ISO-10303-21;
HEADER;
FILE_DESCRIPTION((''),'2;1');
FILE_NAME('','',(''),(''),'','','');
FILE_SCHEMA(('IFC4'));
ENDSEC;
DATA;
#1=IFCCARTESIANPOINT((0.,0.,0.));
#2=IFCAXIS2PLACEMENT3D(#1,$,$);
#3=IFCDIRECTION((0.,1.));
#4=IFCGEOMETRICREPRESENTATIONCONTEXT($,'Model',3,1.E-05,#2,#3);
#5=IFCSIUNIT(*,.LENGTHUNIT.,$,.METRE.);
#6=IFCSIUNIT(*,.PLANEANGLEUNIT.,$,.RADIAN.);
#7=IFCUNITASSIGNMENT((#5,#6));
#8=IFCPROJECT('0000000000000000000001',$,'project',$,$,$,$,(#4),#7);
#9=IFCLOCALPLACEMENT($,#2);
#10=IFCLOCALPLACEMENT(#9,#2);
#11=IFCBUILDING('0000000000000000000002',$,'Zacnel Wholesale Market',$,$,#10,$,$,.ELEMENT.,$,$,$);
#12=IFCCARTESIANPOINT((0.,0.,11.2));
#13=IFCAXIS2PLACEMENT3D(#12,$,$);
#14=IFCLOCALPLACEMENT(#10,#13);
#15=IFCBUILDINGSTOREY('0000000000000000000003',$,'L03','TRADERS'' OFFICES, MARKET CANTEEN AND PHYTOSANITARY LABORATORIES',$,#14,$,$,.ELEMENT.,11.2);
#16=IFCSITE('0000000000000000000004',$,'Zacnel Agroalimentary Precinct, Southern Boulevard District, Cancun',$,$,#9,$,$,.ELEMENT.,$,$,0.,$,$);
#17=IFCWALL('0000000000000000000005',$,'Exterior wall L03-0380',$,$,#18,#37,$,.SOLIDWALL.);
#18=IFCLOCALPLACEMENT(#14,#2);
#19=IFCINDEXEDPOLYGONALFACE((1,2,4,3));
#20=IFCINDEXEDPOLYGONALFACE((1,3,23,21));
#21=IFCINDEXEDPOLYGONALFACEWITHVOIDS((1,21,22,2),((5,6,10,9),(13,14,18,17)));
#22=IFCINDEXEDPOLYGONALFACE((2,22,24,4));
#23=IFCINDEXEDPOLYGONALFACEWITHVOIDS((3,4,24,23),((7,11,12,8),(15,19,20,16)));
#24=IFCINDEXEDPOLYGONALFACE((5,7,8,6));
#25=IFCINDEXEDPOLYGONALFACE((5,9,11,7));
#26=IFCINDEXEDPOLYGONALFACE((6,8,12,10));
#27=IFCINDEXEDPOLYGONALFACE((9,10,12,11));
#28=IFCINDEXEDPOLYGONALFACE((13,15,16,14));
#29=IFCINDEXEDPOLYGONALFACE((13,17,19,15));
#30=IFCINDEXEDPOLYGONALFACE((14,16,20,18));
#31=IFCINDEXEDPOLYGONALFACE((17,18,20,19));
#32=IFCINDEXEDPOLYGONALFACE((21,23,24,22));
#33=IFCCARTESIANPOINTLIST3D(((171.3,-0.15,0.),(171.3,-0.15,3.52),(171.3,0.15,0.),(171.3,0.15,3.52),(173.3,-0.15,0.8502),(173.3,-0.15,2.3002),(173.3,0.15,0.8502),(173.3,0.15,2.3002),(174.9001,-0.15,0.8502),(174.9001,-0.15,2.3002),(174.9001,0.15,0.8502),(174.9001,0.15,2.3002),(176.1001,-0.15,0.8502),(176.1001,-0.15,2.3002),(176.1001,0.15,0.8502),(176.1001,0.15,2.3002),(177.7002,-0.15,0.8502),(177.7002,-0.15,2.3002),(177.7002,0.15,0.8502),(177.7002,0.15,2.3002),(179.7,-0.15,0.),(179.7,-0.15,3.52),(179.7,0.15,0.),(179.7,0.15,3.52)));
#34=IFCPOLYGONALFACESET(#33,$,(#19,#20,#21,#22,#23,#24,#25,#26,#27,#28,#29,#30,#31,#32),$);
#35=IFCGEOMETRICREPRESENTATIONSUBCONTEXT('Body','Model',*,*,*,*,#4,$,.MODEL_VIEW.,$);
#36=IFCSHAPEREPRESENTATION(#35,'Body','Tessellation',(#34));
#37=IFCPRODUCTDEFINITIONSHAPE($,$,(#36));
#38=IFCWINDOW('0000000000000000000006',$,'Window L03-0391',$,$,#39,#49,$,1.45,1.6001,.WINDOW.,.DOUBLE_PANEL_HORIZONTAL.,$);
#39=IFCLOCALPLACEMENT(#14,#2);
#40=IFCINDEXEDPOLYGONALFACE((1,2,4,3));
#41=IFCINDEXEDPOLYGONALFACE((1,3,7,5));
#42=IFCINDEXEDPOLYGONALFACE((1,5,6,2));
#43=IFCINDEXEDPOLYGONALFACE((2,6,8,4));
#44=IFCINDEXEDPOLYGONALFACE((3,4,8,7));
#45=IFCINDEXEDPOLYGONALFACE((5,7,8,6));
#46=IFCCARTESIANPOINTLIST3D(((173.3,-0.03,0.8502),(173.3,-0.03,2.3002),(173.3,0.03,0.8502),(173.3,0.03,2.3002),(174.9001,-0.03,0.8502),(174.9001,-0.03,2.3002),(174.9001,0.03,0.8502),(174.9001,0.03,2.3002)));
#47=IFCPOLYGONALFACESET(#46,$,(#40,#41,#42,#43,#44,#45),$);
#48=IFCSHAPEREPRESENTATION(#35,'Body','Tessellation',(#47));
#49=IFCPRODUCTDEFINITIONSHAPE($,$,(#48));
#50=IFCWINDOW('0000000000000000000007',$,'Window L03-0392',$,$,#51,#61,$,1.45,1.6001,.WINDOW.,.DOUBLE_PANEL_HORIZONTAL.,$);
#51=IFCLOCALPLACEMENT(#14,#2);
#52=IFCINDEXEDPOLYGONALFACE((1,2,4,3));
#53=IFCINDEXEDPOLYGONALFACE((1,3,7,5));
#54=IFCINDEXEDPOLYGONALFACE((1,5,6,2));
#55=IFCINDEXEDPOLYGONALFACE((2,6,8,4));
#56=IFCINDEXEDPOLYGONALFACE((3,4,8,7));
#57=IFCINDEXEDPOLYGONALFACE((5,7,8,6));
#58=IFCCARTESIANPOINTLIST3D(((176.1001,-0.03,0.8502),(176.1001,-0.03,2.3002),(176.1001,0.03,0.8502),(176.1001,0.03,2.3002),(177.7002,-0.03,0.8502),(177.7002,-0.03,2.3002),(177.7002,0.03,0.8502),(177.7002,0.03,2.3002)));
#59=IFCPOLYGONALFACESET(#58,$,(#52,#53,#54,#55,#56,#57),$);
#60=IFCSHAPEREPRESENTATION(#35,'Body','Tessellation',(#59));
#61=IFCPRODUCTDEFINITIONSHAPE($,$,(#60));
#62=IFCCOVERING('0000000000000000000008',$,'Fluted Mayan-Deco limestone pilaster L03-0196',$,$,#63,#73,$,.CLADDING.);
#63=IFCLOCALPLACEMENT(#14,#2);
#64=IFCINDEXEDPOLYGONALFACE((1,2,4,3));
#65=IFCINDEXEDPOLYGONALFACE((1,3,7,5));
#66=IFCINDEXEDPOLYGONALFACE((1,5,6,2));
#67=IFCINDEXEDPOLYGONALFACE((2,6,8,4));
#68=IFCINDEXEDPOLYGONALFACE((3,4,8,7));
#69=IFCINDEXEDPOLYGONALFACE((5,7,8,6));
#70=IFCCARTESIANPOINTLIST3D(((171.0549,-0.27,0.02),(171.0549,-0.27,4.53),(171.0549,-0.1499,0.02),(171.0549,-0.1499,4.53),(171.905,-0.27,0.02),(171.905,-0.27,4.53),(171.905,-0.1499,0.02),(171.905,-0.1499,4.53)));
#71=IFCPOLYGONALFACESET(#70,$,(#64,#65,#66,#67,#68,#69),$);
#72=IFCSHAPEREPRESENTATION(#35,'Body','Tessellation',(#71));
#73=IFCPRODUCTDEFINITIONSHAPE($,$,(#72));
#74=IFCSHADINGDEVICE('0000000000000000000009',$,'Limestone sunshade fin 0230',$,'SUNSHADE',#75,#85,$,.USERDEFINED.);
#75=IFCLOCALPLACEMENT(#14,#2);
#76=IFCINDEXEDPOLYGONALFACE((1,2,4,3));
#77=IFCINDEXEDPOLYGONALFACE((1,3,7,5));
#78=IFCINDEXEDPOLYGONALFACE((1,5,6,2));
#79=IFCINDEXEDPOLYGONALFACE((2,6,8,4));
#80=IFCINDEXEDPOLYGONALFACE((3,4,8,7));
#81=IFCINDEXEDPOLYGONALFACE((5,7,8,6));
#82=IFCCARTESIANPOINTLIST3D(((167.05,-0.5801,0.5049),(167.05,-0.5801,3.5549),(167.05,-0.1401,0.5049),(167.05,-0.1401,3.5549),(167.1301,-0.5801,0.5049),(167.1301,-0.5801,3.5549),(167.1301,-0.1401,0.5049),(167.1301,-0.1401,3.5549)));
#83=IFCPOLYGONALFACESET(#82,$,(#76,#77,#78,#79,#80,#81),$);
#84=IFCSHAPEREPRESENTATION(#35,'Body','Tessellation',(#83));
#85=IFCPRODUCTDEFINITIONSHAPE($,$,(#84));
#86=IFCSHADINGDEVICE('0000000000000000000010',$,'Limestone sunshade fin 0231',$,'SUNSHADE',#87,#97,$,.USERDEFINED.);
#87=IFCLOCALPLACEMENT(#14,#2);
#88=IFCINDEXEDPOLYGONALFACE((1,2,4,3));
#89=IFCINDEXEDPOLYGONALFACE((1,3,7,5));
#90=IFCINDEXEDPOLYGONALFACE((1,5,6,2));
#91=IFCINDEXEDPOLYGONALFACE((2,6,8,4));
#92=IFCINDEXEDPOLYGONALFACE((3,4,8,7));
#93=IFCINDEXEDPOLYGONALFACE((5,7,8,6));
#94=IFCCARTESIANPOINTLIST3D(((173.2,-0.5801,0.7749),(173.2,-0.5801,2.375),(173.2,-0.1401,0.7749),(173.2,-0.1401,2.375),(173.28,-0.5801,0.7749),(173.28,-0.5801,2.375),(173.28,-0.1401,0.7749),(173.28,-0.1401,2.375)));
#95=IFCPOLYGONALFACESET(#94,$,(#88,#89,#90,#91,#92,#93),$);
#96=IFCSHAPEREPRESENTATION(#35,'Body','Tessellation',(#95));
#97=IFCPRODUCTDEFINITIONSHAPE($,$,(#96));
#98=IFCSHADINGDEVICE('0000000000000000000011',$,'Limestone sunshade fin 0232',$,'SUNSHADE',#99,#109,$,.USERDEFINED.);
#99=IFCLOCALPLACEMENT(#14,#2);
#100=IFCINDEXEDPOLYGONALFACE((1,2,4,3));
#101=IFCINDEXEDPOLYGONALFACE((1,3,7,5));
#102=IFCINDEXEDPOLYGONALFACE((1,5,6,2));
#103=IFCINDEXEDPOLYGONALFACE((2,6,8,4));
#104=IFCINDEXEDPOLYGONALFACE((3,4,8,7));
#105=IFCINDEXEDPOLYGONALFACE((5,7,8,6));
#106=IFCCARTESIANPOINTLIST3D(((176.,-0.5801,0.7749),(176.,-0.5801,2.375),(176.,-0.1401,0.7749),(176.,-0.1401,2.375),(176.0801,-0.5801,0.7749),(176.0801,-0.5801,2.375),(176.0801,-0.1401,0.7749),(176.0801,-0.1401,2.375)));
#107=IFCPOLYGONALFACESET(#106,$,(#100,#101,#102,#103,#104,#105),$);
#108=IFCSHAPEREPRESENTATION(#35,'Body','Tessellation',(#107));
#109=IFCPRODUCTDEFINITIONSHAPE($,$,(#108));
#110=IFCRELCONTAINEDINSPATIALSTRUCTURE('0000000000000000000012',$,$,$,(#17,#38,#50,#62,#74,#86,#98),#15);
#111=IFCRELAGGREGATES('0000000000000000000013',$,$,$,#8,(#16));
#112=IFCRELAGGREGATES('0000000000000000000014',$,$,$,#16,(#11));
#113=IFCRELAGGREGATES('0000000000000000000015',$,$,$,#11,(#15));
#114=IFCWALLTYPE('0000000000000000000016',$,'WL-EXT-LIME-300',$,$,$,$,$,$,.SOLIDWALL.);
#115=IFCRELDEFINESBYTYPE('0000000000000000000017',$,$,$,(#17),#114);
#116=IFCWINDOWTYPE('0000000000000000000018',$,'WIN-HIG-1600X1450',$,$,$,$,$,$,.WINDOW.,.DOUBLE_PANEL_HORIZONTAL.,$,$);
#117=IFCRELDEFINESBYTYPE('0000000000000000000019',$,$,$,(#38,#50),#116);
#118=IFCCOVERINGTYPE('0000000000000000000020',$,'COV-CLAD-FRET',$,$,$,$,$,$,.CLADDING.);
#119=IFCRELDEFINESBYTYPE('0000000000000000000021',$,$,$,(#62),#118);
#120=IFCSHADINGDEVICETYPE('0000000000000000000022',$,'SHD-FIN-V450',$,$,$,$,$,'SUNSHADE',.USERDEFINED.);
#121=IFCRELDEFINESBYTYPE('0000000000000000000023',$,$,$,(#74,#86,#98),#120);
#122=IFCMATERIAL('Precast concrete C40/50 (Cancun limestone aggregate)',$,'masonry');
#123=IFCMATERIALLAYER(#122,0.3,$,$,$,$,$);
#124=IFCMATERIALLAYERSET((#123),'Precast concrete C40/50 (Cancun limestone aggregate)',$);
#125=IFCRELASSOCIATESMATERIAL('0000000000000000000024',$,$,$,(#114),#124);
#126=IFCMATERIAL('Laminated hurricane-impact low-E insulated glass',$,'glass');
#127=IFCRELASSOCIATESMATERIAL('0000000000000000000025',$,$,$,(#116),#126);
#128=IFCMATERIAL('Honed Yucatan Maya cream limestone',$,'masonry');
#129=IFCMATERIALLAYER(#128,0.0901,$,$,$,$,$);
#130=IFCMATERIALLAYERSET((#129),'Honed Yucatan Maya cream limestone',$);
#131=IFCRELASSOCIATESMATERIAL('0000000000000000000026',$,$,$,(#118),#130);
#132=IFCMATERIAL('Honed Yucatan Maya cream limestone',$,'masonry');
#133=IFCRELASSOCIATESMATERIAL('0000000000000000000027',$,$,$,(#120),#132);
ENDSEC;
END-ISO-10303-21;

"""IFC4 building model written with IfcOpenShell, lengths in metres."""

from ifc_helpers import new_model, si_unit, direction, frame, frame_2d, origin, origin_2d, place, context, subcontext, project, spatial, rectangle, extrude, material, layer, layer_set, type_object, element, fill, save


model = new_model("IFC4")

# Units and contexts
model_context = context("Model", 3, precision=1e-05, world=origin(), true_north=direction((0.0, 1.0)))
body_context = subcontext(model_context, "Body", "Model", "MODEL_VIEW")
ifc_project = project(units=[si_unit("LENGTHUNIT", "METRE"), si_unit("PLANEANGLEUNIT", "RADIAN")], contexts=[model_context])

# Site, building, storey
site_placement = place(None, origin())
site = spatial("IfcSite", under=ifc_project, at=site_placement, Name="Zacnel Agroalimentary Precinct, Southern Boulevard District, Cancun", CompositionType="ELEMENT", RefElevation=0.0)
building_placement = place(site_placement, origin())
building = spatial("IfcBuilding", under=site, at=building_placement, Name="Zacnel Wholesale Market", CompositionType="ELEMENT")
storey_placement = place(building_placement, frame((0.0, 0.0, 11.2)))
storey = spatial("IfcBuildingStorey", under=building, at=storey_placement, Name="L03", Description="TRADERS' OFFICES, MARKET CANTEEN AND PHYTOSANITARY LABORATORIES", CompositionType="ELEMENT", Elevation=11.2)

# Wall, openings, windows
ifc_material_1 = material(Name="Precast concrete C40/50 (Cancun limestone aggregate)", Category="masonry")
ifc_layer_1 = layer(ifc_material_1, 0.3)
ifc_layer_set_1 = layer_set([ifc_layer_1], Name="Precast concrete C40/50 (Cancun limestone aggregate)")
wall_type = type_object("IfcWallType", Name="WL-EXT-LIME-300", PredefinedType="SOLIDWALL", material=ifc_layer_set_1)
wall_placement = place(storey_placement, frame((171.3, 0.0, 0.0), z_axis=(0.0, 0.0, 1.0), x_axis=(1.0, 0.0, 0.0)))
wall = element("IfcWall", 1, at=wall_placement, inside=storey, type_object=wall_type, Name="Exterior wall L03-0380", PredefinedType="SOLIDWALL", context=body_context, shape_type="SweptSolid", body=[
    extrude(rectangle(XDim=8.3999, YDim=0.3, at=frame_2d((4.2, 0.0))), origin(), (0.0, 0.0, 1.0), 3.52),
])
opening_1_placement = place(wall_placement, frame((2.0, 0.0, 0.8501)))
opening_1 = element("IfcOpeningElement", 2, at=opening_1_placement, cuts=wall, PredefinedType="OPENING", context=body_context, shape_type="SweptSolid", body=[
    extrude(rectangle(XDim=1.6001, YDim=1.45, at=frame_2d((0.8, 0.7251))), frame((0.0, 0.1599, 0.0), z_axis=(0.0, -1.0, 0.0), x_axis=(1.0, 0.0, 0.0)), (0.0, 0.0, 1.0), 0.3201),
])
opening_2_placement = place(wall_placement, frame((4.8, 0.0, 0.8501)))
opening_2 = element("IfcOpeningElement", 3, at=opening_2_placement, cuts=wall, PredefinedType="OPENING", context=body_context, shape_type="SweptSolid", body=[
    extrude(rectangle(XDim=1.6001, YDim=1.45, at=frame_2d((0.8, 0.7251))), frame((0.0, 0.1599, 0.0), z_axis=(0.0, -1.0, 0.0), x_axis=(1.0, 0.0, 0.0)), (0.0, 0.0, 1.0), 0.3201),
])
ifc_material_2 = material(Name="Laminated hurricane-impact low-E insulated glass", Category="glass")
window_type = type_object("IfcWindowType", Name="WIN-HIG-1600X1450", PartitioningType="DOUBLE_PANEL_HORIZONTAL", PredefinedType="WINDOW", material=ifc_material_2)
window_1_placement = place(opening_1_placement, origin())
window_1 = element("IfcWindow", 4, at=window_1_placement, inside=storey, type_object=window_type, Name="Window L03-0391", OverallHeight=1.45, OverallWidth=1.6001, PartitioningType="DOUBLE_PANEL_HORIZONTAL", PredefinedType="WINDOW", context=body_context, shape_type="SweptSolid", body=[
    extrude(rectangle(XDim=1.6001, YDim=1.45, at=frame_2d((0.8, 0.7251))), frame((0.0, 0.03, 0.0), z_axis=(0.0, -1.0, 0.0), x_axis=(1.0, 0.0, 0.0)), (0.0, 0.0, 1.0), 0.0601),
])
fill(opening_1, window_1)
window_2_placement = place(opening_2_placement, origin())
window_2 = element("IfcWindow", 5, at=window_2_placement, inside=storey, type_object=window_type, Name="Window L03-0392", OverallHeight=1.45, OverallWidth=1.6001, PartitioningType="DOUBLE_PANEL_HORIZONTAL", PredefinedType="WINDOW", context=body_context, shape_type="SweptSolid", body=[
    extrude(rectangle(XDim=1.6001, YDim=1.45, at=frame_2d((0.8, 0.7251))), frame((0.0, 0.03, 0.0), z_axis=(0.0, -1.0, 0.0), x_axis=(1.0, 0.0, 0.0)), (0.0, 0.0, 1.0), 0.0601),
])
fill(opening_2, window_2)

# Covering
ifc_material_3 = material(Name="Honed Yucatan Maya cream limestone", Category="masonry")
ifc_layer_2 = layer(ifc_material_3, 0.0901)
ifc_layer_set_2 = layer_set([ifc_layer_2], Name="Honed Yucatan Maya cream limestone")
covering_type = type_object("IfcCoveringType", Name="COV-CLAD-FRET", PredefinedType="CLADDING", material=ifc_layer_set_2)
covering_placement = place(storey_placement, frame((171.48, -0.21, 0.02), z_axis=(0.0, 0.0, 1.0), x_axis=(1.0, 0.0, 0.0)))
element("IfcCovering", 6, at=covering_placement, inside=storey, type_object=covering_type, Name="Fluted Mayan-Deco limestone pilaster L03-0196", PredefinedType="CLADDING", context=body_context, shape_type="SweptSolid", body=[
    extrude(rectangle(XDim=0.8501, YDim=0.1201, at=origin_2d()), origin(), (0.0, 0.0, 1.0), 4.51),
])

# Shading devices
ifc_material_4 = material(Name="Honed Yucatan Maya cream limestone", Category="masonry")
shading_device_type = type_object("IfcShadingDeviceType", Name="SHD-FIN-V450", ElementType="SUNSHADE", PredefinedType="USERDEFINED", material=ifc_material_4)
shading_device_placement = place(storey_placement, frame((167.0901, -0.3601, 0.5049), z_axis=(0.0, 0.0, 1.0), x_axis=(1.0, 0.0, 0.0)))
element("IfcShadingDevice", 7, at=shading_device_placement, inside=storey, type_object=shading_device_type, Name="Limestone sunshade fin 0230", ObjectType="SUNSHADE", PredefinedType="USERDEFINED", context=body_context, shape_type="SweptSolid", body=[
    extrude(rectangle(XDim=0.0801, YDim=0.4399, at=origin_2d()), origin(), (0.0, 0.0, 1.0), 3.05),
])
for number, where, z_axis, x_axis, name in (
    (8, (173.24, -0.3601, 0.7749), (0.0, 0.0, 1.0), (1.0, 0.0, 0.0), "Limestone sunshade fin 0231"),
    (9, (176.04, -0.3601, 0.7749), (0.0, 0.0, 1.0), (1.0, 0.0, 0.0), "Limestone sunshade fin 0232"),
):
    element("IfcShadingDevice", number, at=place(storey_placement, frame(where, z_axis=z_axis, x_axis=x_axis)), inside=storey, type_object=shading_device_type, Name=name, ObjectType="SUNSHADE", PredefinedType="USERDEFINED", context=body_context, shape_type="SweptSolid", body=[
        extrude(rectangle(XDim=0.0801, YDim=0.4399, at=origin_2d()), origin(), (0.0, 0.0, 1.0), 1.6001),
    ])

save(model, "model.ifc")
